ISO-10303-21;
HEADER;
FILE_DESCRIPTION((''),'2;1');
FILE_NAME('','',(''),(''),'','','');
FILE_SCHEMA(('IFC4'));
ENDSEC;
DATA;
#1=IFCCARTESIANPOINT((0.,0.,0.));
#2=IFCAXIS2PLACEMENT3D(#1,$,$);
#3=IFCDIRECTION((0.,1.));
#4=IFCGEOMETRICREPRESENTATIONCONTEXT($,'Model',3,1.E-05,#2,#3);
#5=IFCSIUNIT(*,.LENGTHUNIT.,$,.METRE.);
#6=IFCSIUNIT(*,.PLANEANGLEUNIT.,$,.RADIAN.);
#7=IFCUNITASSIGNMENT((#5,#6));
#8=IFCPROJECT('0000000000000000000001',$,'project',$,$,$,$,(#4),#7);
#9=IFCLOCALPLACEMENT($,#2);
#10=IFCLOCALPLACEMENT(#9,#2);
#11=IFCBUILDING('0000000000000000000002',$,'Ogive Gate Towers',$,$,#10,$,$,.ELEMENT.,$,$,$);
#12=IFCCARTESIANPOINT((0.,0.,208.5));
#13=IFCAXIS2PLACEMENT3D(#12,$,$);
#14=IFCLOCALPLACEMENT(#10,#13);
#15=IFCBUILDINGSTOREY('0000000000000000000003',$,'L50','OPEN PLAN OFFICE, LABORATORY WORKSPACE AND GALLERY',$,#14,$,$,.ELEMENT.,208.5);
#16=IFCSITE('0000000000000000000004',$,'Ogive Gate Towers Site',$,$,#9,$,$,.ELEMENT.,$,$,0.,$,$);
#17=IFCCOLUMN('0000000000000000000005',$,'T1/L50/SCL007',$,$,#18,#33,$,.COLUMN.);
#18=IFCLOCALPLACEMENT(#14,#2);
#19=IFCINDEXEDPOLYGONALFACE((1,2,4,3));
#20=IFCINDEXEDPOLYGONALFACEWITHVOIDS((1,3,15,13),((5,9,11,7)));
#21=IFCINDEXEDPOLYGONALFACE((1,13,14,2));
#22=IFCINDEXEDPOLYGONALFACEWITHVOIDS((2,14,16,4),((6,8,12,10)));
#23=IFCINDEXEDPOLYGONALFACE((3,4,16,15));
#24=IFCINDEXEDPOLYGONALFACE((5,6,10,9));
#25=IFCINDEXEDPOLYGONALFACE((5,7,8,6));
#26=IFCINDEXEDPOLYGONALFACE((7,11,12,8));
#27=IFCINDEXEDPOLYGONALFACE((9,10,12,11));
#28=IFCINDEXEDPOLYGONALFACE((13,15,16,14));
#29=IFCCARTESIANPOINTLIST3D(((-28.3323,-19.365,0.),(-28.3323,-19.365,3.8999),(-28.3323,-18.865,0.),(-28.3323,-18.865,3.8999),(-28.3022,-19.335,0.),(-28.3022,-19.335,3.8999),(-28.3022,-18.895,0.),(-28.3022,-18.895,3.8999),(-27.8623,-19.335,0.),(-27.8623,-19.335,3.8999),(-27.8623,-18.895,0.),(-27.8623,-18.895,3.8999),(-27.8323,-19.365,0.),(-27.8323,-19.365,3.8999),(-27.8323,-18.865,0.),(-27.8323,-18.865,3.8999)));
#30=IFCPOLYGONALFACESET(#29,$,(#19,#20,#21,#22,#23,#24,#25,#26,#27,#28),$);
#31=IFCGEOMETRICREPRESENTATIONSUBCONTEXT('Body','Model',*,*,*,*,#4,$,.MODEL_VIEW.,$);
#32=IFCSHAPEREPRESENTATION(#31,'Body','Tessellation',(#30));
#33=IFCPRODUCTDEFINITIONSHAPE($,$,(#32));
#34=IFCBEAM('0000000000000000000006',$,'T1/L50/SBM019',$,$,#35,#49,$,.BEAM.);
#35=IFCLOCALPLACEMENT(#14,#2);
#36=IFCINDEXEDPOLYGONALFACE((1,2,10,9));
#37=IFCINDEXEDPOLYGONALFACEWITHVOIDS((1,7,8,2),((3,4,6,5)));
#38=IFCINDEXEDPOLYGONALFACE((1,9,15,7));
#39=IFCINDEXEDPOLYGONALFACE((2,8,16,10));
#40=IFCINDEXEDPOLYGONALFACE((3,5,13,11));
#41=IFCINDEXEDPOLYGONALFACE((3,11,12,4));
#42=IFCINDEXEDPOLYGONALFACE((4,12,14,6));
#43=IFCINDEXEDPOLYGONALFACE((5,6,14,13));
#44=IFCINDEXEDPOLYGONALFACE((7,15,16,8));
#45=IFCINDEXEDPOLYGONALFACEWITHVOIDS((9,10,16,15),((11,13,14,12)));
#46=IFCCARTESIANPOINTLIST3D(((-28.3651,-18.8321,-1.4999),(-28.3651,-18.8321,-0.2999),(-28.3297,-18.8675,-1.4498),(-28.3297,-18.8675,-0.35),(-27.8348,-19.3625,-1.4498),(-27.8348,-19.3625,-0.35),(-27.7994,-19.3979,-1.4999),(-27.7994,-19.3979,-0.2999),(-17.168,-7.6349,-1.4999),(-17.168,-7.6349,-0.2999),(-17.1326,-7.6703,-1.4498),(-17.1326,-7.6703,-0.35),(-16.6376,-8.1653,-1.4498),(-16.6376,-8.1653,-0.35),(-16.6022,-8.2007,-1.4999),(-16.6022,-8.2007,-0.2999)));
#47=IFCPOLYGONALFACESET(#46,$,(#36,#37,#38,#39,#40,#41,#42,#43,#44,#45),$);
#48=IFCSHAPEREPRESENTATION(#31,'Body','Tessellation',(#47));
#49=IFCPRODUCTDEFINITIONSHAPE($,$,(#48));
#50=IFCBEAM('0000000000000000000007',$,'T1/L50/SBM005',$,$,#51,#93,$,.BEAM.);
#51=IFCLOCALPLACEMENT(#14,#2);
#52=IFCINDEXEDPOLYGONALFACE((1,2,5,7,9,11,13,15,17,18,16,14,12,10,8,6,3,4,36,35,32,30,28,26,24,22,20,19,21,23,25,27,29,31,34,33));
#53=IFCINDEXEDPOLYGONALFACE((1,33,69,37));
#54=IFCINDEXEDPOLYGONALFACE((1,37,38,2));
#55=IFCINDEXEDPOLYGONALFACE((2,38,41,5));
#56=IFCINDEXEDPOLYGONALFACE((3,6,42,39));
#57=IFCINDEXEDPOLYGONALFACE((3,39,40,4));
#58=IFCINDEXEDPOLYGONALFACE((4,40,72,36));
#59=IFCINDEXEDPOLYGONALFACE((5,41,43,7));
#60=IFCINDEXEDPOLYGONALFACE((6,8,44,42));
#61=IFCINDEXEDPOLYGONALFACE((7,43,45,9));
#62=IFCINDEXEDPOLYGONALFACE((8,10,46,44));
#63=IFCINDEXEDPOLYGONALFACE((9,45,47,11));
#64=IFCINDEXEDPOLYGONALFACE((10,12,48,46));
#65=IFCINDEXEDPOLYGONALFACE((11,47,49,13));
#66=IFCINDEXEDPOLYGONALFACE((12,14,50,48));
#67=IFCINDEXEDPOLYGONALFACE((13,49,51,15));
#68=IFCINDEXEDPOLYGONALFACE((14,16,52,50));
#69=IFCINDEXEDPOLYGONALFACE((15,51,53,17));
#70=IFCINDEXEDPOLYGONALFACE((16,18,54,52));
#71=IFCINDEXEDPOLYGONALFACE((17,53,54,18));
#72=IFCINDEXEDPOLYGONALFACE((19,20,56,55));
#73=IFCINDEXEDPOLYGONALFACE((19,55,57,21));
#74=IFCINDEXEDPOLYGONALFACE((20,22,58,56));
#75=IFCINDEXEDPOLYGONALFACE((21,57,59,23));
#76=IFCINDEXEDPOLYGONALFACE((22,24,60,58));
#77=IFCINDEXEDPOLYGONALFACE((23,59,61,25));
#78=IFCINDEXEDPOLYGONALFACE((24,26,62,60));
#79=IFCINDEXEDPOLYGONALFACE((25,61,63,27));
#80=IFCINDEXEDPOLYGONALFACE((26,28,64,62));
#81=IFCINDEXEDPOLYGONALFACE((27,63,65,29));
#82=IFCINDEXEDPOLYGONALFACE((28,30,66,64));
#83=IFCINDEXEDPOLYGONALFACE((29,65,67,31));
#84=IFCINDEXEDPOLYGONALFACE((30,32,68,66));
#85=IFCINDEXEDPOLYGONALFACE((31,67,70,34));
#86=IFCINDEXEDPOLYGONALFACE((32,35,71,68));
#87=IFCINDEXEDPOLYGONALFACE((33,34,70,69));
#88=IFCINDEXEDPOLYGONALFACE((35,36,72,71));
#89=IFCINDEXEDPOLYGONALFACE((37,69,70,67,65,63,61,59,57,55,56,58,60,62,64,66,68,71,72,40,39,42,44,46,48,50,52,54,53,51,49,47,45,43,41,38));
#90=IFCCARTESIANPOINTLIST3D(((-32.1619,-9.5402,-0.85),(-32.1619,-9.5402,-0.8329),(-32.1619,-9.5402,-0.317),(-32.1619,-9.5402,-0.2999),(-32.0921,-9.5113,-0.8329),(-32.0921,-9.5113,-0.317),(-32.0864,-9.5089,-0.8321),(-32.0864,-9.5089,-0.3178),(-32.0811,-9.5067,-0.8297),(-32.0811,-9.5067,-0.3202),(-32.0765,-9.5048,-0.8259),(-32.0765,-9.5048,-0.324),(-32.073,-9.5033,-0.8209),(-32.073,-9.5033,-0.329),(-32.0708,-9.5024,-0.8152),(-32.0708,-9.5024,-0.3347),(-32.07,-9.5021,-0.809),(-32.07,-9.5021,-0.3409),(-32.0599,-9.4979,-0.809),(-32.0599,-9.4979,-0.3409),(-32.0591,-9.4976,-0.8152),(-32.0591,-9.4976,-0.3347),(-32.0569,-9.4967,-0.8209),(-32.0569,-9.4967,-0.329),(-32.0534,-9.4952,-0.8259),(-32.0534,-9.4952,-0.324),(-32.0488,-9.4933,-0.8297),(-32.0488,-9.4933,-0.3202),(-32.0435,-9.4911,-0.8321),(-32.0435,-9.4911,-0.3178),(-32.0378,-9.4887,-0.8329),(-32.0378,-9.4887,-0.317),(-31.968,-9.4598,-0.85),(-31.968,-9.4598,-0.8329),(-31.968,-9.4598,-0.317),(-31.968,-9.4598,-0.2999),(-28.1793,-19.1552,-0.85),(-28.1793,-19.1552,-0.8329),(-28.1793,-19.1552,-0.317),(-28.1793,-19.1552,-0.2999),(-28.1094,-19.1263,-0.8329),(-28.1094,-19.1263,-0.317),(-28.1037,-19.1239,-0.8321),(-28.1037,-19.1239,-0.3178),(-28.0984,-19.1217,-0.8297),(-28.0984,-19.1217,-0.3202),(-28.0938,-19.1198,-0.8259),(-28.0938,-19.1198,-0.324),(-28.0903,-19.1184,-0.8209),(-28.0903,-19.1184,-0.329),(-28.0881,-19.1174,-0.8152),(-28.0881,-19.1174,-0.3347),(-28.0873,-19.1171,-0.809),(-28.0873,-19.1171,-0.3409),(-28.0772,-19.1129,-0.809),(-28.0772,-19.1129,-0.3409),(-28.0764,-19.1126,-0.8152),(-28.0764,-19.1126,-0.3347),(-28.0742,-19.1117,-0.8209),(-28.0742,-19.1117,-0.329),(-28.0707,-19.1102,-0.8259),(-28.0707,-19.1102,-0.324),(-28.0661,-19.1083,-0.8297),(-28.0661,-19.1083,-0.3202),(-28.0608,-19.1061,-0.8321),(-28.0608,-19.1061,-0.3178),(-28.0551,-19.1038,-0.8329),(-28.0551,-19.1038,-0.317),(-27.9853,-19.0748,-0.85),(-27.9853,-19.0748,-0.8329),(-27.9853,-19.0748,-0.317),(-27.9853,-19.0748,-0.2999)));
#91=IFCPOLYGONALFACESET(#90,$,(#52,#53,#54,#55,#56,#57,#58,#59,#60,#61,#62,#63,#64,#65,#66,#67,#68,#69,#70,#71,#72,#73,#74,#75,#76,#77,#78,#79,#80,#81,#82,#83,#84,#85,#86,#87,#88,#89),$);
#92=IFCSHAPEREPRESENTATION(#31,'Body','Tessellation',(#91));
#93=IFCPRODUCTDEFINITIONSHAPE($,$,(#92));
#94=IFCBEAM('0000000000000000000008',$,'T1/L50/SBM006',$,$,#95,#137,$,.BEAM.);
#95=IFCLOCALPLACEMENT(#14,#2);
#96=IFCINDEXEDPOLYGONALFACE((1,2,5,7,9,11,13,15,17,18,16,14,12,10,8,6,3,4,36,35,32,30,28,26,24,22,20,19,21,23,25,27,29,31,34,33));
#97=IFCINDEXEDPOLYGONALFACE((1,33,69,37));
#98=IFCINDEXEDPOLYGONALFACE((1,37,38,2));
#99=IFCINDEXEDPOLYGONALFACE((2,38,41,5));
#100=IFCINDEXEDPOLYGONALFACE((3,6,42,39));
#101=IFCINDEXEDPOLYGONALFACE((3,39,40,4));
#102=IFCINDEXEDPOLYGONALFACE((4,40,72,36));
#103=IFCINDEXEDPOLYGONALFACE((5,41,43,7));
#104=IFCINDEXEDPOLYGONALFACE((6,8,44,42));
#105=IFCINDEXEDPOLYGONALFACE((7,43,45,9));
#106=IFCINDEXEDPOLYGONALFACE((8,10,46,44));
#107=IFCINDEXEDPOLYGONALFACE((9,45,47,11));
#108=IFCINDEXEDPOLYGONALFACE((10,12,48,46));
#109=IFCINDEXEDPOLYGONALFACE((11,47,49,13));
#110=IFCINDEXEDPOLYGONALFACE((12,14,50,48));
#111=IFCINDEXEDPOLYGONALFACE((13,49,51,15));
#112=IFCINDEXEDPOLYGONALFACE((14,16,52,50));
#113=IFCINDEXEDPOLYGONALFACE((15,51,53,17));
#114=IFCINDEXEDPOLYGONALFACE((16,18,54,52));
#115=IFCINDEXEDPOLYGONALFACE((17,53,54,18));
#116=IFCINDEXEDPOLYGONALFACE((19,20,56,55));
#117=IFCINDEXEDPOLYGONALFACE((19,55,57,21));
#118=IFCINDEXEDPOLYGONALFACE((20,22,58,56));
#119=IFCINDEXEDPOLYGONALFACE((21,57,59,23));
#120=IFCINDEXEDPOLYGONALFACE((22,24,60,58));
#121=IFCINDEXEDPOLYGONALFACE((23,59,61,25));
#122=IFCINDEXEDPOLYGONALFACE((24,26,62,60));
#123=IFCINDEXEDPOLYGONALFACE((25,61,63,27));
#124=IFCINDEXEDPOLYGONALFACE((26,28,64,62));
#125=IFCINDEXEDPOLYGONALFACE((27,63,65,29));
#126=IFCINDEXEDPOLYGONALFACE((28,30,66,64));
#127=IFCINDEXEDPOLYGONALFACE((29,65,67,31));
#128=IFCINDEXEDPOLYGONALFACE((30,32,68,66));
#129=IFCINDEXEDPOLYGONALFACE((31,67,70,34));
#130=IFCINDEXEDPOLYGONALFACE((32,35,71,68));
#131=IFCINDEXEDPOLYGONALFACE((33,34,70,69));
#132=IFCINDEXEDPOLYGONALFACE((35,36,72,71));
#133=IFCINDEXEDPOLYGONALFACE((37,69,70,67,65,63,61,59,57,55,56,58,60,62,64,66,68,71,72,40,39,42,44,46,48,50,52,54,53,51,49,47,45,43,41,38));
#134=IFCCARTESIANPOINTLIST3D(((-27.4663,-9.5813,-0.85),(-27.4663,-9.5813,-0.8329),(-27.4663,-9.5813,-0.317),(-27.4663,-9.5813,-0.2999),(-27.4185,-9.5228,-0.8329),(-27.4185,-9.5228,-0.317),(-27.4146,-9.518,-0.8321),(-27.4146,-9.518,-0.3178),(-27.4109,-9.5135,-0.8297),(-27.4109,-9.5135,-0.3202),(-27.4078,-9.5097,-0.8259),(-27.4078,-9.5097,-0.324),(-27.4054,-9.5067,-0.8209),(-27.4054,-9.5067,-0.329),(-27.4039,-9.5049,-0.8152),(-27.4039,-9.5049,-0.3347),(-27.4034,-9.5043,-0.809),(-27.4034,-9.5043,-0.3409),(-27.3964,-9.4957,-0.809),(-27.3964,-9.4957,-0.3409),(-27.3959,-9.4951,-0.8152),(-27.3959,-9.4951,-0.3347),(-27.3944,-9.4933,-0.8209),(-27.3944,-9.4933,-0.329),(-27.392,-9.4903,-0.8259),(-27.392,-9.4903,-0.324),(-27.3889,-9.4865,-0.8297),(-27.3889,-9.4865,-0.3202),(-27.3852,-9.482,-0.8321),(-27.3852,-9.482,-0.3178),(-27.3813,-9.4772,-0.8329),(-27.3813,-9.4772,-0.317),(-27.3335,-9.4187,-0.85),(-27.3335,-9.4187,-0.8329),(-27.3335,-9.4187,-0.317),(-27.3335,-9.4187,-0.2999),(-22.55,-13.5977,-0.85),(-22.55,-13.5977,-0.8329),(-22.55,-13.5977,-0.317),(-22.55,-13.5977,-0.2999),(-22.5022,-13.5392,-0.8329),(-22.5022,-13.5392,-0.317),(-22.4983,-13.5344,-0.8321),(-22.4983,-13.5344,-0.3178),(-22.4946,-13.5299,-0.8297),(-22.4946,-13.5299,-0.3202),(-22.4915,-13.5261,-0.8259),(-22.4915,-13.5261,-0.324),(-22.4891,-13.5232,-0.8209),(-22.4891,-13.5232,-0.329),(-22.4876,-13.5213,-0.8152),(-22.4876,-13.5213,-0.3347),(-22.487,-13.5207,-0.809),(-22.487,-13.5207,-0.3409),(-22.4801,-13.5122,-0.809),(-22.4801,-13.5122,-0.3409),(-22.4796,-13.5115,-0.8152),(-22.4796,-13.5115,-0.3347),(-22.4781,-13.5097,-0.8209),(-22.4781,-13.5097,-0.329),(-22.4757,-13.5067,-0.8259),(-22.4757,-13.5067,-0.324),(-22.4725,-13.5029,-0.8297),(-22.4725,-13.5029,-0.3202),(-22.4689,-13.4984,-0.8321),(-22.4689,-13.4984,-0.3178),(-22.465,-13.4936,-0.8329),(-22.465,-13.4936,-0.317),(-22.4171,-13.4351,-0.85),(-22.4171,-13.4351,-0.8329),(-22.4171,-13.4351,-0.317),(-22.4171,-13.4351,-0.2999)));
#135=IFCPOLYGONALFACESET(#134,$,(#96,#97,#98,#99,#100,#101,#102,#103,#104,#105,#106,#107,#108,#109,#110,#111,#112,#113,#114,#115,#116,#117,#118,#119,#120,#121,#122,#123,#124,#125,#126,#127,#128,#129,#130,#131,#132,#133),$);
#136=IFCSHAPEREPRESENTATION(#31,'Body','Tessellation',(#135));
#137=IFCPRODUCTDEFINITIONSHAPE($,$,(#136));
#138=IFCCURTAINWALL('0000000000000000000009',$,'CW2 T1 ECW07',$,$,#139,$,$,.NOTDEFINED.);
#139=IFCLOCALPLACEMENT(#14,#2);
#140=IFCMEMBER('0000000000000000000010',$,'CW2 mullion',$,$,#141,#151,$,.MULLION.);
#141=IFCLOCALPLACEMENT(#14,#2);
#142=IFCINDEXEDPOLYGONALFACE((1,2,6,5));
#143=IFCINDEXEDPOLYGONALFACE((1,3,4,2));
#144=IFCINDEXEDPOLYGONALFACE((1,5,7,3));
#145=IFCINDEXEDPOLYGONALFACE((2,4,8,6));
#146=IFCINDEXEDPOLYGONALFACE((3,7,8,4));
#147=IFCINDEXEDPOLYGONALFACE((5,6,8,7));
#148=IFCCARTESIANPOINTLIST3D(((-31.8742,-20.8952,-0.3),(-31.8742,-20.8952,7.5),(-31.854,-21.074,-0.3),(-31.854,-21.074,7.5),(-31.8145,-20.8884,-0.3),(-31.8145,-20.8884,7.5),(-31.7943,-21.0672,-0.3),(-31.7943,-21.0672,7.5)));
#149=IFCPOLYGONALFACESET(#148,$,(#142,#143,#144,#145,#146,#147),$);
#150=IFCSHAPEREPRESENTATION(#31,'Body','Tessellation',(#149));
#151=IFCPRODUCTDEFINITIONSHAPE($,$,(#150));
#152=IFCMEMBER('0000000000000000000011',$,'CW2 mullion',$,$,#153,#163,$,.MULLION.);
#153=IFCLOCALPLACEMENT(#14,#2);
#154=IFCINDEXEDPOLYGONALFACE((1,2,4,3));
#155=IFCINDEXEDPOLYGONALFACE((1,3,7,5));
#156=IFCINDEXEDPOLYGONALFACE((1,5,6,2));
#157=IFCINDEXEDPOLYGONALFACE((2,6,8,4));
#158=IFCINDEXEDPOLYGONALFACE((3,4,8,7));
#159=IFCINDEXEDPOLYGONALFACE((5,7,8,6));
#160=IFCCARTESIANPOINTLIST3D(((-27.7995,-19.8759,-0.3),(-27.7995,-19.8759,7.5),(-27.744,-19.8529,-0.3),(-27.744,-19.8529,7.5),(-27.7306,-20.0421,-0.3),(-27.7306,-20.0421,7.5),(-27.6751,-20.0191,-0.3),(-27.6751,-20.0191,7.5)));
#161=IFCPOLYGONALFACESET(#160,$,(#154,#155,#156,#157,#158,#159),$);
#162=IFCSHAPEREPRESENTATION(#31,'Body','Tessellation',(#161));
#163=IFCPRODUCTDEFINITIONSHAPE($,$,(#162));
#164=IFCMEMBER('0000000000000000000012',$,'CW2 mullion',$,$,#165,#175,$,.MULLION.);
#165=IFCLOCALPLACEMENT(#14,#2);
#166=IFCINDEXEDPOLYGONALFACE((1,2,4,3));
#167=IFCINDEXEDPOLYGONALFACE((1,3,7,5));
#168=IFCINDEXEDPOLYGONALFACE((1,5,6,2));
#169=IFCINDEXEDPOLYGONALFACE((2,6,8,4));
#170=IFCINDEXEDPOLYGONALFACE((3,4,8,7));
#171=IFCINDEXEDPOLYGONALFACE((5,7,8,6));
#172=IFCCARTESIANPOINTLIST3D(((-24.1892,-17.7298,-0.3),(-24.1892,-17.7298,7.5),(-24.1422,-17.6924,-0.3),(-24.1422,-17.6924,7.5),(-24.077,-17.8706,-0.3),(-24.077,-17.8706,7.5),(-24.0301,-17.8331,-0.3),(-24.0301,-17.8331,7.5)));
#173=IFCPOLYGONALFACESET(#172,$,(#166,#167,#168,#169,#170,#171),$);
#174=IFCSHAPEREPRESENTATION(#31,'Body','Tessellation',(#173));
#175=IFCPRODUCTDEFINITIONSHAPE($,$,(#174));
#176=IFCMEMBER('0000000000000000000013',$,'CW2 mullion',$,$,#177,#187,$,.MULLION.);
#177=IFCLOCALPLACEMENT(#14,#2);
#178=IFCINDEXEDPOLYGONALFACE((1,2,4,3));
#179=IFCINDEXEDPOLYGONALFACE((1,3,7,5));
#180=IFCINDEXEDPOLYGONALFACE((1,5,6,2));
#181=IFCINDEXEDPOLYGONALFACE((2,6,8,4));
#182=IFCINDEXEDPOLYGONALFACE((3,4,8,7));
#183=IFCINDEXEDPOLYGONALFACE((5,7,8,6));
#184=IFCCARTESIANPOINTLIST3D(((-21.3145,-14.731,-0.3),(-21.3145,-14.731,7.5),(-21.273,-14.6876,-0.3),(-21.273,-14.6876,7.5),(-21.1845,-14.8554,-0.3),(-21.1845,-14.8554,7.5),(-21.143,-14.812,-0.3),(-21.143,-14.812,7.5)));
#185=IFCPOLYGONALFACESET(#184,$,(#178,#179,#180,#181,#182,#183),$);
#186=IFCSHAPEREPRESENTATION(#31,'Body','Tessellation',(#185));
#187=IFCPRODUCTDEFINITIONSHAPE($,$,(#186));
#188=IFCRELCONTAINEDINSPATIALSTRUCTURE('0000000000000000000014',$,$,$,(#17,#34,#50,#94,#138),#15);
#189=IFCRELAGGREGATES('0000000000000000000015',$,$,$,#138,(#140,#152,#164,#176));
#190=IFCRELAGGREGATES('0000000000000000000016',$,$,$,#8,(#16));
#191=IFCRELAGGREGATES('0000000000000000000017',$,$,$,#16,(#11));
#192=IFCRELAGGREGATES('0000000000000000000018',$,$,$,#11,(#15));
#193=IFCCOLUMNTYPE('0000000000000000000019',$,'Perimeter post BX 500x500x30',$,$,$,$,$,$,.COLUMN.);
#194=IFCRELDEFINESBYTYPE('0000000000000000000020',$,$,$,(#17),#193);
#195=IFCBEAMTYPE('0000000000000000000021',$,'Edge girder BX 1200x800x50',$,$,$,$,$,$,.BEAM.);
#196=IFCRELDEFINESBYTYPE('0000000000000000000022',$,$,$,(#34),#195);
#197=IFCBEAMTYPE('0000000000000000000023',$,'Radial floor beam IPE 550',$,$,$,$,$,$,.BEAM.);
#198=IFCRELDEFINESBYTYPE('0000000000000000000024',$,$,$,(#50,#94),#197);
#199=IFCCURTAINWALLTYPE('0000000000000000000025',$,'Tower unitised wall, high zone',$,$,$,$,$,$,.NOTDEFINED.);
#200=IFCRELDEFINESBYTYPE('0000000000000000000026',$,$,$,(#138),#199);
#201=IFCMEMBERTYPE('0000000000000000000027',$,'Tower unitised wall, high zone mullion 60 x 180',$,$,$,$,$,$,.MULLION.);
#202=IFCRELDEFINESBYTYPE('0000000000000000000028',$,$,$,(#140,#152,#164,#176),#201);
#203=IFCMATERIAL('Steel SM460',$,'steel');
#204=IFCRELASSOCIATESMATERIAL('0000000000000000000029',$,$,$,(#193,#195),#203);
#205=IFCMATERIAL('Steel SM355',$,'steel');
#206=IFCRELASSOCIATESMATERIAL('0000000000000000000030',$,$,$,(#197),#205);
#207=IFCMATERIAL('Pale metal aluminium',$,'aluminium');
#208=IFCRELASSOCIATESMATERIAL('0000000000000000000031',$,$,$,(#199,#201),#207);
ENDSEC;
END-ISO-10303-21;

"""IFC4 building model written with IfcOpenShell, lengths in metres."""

from ifc_helpers import new_model, si_unit, direction, frame, origin, origin_2d, place, context, subcontext, project, spatial, rectangle, hollow_rectangle, i_section, extrude, material, material_profile, profile_set, type_object, element, aggregate, save


model = new_model("IFC4")

# Units and contexts
model_context = context("Model", 3, precision=1e-05, world=origin(), true_north=direction((0.0, 1.0)))
body_context = subcontext(model_context, "Body", "Model", "MODEL_VIEW")
ifc_project = project(units=[si_unit("LENGTHUNIT", "METRE"), si_unit("PLANEANGLEUNIT", "RADIAN")], contexts=[model_context])

# Site, building, storey
site_placement = place(None, origin())
site = spatial("IfcSite", under=ifc_project, at=site_placement, Name="Ogive Gate Towers Site", CompositionType="ELEMENT", RefElevation=0.0)
building_placement = place(site_placement, origin())
building = spatial("IfcBuilding", under=site, at=building_placement, Name="Ogive Gate Towers", CompositionType="ELEMENT")
storey_placement = place(building_placement, frame((0.0, 0.0, 208.5)))
storey = spatial("IfcBuildingStorey", under=building, at=storey_placement, Name="L50", Description="OPEN PLAN OFFICE, LABORATORY WORKSPACE AND GALLERY", CompositionType="ELEMENT", Elevation=208.5)

# Column
ifc_material_1 = material(Name="Steel SM460", Category="steel")
ifc_material_profile_1 = material_profile(ifc_material_1, hollow_rectangle(XDim=0.5, YDim=0.5, WallThickness=0.03, at=origin_2d()), Name="BX 500x500x30")
ifc_profile_set_1 = profile_set([ifc_material_profile_1], Name="Steel SM460")
column_type = type_object("IfcColumnType", Name="Perimeter post BX 500x500x30", PredefinedType="COLUMN", material=ifc_profile_set_1)
column_placement = place(storey_placement, frame((-28.0823, -19.115, 0.0), z_axis=(0.0, 0.0, 1.0), x_axis=(1.0, 0.0, 0.0)))
element("IfcColumn", 1, at=column_placement, inside=storey, type_object=column_type, Name="T1/L50/SCL007", PredefinedType="COLUMN", context=body_context, shape_type="SweptSolid", body=[
    extrude(hollow_rectangle(XDim=0.5, YDim=0.5, WallThickness=0.03, at=origin_2d()), origin(), (0.0, 0.0, 1.0), 3.8999),
])

# Beams
ifc_material_profile_2 = material_profile(ifc_material_1, hollow_rectangle(XDim=0.8, YDim=1.2, WallThickness=0.05, at=origin_2d()), Name="BX 1200x800x50")
ifc_profile_set_2 = profile_set([ifc_material_profile_2], Name="Steel SM460")
beam_type_1 = type_object("IfcBeamType", Name="Edge girder BX 1200x800x50", PredefinedType="BEAM", material=ifc_profile_set_2)
beam_1_placement = place(storey_placement, frame((-28.0823, -19.115, -0.8999), z_axis=(0.707107, 0.707107, 0.0), x_axis=(-0.707107, 0.707107, 0.0)))
element("IfcBeam", 2, at=beam_1_placement, inside=storey, type_object=beam_type_1, Name="T1/L50/SBM019", PredefinedType="BEAM", context=body_context, shape_type="SweptSolid", body=[
    extrude(hollow_rectangle(XDim=0.8, YDim=1.2, WallThickness=0.05, at=origin_2d()), origin(), (0.0, 0.0, 1.0), 15.8352),
])
ifc_material_2 = material(Name="Steel SM355", Category="steel")
ifc_material_profile_3 = material_profile(ifc_material_2, i_section(OverallWidth=0.21, OverallDepth=0.55, WebThickness=0.011, FlangeThickness=0.0171, FilletRadius=0.0239, at=origin_2d()), Name="IPE 550")
ifc_profile_set_3 = profile_set([ifc_material_profile_3], Name="Steel SM355")
beam_type_2 = type_object("IfcBeamType", Name="Radial floor beam IPE 550", PredefinedType="BEAM", material=ifc_profile_set_3)
beam_2_placement = place(storey_placement, frame((-32.0649, -9.5, -0.575), z_axis=(0.382684, -0.923879, 0.0), x_axis=(0.923879, 0.382684, 0.0)))
element("IfcBeam", 3, at=beam_2_placement, inside=storey, type_object=beam_type_2, Name="T1/L50/SBM005", PredefinedType="BEAM", context=body_context, shape_type="SweptSolid", body=[
    extrude(i_section(OverallWidth=0.21, OverallDepth=0.55, WebThickness=0.011, FlangeThickness=0.0171, FilletRadius=0.0239, at=origin_2d()), origin(), (0.0, 0.0, 1.0), 10.4072),
])
beam_3_placement = place(storey_placement, frame((-27.3999, -9.5, -0.575), z_axis=(0.774423, -0.632668, 0.0), x_axis=(0.632668, 0.774423, 0.0)))
element("IfcBeam", 4, at=beam_3_placement, inside=storey, type_object=beam_type_2, Name="T1/L50/SBM006", PredefinedType="BEAM", context=body_context, shape_type="SweptSolid", body=[
    extrude(i_section(OverallWidth=0.21, OverallDepth=0.55, WebThickness=0.011, FlangeThickness=0.0171, FilletRadius=0.0239, at=origin_2d()), origin(), (0.0, 0.0, 1.0), 6.3484),
])

# Curtain wall, members
ifc_material_3 = material(Name="Pale metal aluminium", Category="aluminium")
curtain_wall_type = type_object("IfcCurtainWallType", Name="Tower unitised wall, high zone", PredefinedType="NOTDEFINED", material=ifc_material_3)
curtain_wall_1_placement = place(storey_placement, origin())
curtain_wall_1 = element("IfcCurtainWall", 5, at=curtain_wall_1_placement, inside=storey, type_object=curtain_wall_type, Name="CW2 T1 ECW07", PredefinedType="NOTDEFINED")
ifc_material_profile_4 = material_profile(ifc_material_3, rectangle(XDim=0.1799, YDim=0.0601, at=origin_2d()), Name="60 x 180 aluminium box")
ifc_profile_set_4 = profile_set([ifc_material_profile_4], Name="Pale metal aluminium")
member_type_1 = type_object("IfcMemberType", Name="Tower unitised wall, high zone mullion 60 x 180", PredefinedType="MULLION", material=ifc_profile_set_4)
member_1_placement = place(storey_placement, frame((-31.8342, -20.9812, -0.3), z_axis=(0.0, 0.0, 1.0), x_axis=(0.112405, -0.993662, 0.0)))
member_1 = element("IfcMember", 6, at=member_1_placement, type_object=member_type_1, Name="CW2 mullion", PredefinedType="MULLION", context=body_context, shape_type="SweptSolid", body=[
    extrude(rectangle(XDim=0.1799, YDim=0.0601, at=origin_2d()), origin(), (0.0, 0.0, 1.0), 7.8),
])
member_2_placement = place(storey_placement, frame((-27.7373, -19.9475, -0.3), z_axis=(0.0, 0.0, 1.0), x_axis=(0.382683, -0.92388, 0.0)))
member_2 = element("IfcMember", 7, at=member_2_placement, type_object=member_type_1, Name="CW2 mullion", PredefinedType="MULLION", context=body_context, shape_type="SweptSolid", body=[
    extrude(rectangle(XDim=0.1799, YDim=0.0601, at=origin_2d()), origin(), (0.0, 0.0, 1.0), 7.8),
])
member_3_placement = place(storey_placement, frame((-24.1096, -17.7815, -0.3), z_axis=(0.0, 0.0, 1.0), x_axis=(0.623156, -0.782097, 0.0)))
member_3 = element("IfcMember", 8, at=member_3_placement, type_object=member_type_1, Name="CW2 mullion", PredefinedType="MULLION", context=body_context, shape_type="SweptSolid", body=[
    extrude(rectangle(XDim=0.1799, YDim=0.0601, at=origin_2d()), origin(), (0.0, 0.0, 1.0), 7.8),
])
member_4_placement = place(storey_placement, frame((-21.2288, -14.7715, -0.3), z_axis=(0.0, 0.0, 1.0), x_axis=(0.722376, -0.6915, 0.0)))
member_4 = element("IfcMember", 9, at=member_4_placement, type_object=member_type_1, Name="CW2 mullion", PredefinedType="MULLION", context=body_context, shape_type="SweptSolid", body=[
    extrude(rectangle(XDim=0.1799, YDim=0.0601, at=origin_2d()), origin(), (0.0, 0.0, 1.0), 7.8),
])

aggregate(curtain_wall_1, [member_1, member_2, member_3, member_4])

save(model, "model.ifc")
